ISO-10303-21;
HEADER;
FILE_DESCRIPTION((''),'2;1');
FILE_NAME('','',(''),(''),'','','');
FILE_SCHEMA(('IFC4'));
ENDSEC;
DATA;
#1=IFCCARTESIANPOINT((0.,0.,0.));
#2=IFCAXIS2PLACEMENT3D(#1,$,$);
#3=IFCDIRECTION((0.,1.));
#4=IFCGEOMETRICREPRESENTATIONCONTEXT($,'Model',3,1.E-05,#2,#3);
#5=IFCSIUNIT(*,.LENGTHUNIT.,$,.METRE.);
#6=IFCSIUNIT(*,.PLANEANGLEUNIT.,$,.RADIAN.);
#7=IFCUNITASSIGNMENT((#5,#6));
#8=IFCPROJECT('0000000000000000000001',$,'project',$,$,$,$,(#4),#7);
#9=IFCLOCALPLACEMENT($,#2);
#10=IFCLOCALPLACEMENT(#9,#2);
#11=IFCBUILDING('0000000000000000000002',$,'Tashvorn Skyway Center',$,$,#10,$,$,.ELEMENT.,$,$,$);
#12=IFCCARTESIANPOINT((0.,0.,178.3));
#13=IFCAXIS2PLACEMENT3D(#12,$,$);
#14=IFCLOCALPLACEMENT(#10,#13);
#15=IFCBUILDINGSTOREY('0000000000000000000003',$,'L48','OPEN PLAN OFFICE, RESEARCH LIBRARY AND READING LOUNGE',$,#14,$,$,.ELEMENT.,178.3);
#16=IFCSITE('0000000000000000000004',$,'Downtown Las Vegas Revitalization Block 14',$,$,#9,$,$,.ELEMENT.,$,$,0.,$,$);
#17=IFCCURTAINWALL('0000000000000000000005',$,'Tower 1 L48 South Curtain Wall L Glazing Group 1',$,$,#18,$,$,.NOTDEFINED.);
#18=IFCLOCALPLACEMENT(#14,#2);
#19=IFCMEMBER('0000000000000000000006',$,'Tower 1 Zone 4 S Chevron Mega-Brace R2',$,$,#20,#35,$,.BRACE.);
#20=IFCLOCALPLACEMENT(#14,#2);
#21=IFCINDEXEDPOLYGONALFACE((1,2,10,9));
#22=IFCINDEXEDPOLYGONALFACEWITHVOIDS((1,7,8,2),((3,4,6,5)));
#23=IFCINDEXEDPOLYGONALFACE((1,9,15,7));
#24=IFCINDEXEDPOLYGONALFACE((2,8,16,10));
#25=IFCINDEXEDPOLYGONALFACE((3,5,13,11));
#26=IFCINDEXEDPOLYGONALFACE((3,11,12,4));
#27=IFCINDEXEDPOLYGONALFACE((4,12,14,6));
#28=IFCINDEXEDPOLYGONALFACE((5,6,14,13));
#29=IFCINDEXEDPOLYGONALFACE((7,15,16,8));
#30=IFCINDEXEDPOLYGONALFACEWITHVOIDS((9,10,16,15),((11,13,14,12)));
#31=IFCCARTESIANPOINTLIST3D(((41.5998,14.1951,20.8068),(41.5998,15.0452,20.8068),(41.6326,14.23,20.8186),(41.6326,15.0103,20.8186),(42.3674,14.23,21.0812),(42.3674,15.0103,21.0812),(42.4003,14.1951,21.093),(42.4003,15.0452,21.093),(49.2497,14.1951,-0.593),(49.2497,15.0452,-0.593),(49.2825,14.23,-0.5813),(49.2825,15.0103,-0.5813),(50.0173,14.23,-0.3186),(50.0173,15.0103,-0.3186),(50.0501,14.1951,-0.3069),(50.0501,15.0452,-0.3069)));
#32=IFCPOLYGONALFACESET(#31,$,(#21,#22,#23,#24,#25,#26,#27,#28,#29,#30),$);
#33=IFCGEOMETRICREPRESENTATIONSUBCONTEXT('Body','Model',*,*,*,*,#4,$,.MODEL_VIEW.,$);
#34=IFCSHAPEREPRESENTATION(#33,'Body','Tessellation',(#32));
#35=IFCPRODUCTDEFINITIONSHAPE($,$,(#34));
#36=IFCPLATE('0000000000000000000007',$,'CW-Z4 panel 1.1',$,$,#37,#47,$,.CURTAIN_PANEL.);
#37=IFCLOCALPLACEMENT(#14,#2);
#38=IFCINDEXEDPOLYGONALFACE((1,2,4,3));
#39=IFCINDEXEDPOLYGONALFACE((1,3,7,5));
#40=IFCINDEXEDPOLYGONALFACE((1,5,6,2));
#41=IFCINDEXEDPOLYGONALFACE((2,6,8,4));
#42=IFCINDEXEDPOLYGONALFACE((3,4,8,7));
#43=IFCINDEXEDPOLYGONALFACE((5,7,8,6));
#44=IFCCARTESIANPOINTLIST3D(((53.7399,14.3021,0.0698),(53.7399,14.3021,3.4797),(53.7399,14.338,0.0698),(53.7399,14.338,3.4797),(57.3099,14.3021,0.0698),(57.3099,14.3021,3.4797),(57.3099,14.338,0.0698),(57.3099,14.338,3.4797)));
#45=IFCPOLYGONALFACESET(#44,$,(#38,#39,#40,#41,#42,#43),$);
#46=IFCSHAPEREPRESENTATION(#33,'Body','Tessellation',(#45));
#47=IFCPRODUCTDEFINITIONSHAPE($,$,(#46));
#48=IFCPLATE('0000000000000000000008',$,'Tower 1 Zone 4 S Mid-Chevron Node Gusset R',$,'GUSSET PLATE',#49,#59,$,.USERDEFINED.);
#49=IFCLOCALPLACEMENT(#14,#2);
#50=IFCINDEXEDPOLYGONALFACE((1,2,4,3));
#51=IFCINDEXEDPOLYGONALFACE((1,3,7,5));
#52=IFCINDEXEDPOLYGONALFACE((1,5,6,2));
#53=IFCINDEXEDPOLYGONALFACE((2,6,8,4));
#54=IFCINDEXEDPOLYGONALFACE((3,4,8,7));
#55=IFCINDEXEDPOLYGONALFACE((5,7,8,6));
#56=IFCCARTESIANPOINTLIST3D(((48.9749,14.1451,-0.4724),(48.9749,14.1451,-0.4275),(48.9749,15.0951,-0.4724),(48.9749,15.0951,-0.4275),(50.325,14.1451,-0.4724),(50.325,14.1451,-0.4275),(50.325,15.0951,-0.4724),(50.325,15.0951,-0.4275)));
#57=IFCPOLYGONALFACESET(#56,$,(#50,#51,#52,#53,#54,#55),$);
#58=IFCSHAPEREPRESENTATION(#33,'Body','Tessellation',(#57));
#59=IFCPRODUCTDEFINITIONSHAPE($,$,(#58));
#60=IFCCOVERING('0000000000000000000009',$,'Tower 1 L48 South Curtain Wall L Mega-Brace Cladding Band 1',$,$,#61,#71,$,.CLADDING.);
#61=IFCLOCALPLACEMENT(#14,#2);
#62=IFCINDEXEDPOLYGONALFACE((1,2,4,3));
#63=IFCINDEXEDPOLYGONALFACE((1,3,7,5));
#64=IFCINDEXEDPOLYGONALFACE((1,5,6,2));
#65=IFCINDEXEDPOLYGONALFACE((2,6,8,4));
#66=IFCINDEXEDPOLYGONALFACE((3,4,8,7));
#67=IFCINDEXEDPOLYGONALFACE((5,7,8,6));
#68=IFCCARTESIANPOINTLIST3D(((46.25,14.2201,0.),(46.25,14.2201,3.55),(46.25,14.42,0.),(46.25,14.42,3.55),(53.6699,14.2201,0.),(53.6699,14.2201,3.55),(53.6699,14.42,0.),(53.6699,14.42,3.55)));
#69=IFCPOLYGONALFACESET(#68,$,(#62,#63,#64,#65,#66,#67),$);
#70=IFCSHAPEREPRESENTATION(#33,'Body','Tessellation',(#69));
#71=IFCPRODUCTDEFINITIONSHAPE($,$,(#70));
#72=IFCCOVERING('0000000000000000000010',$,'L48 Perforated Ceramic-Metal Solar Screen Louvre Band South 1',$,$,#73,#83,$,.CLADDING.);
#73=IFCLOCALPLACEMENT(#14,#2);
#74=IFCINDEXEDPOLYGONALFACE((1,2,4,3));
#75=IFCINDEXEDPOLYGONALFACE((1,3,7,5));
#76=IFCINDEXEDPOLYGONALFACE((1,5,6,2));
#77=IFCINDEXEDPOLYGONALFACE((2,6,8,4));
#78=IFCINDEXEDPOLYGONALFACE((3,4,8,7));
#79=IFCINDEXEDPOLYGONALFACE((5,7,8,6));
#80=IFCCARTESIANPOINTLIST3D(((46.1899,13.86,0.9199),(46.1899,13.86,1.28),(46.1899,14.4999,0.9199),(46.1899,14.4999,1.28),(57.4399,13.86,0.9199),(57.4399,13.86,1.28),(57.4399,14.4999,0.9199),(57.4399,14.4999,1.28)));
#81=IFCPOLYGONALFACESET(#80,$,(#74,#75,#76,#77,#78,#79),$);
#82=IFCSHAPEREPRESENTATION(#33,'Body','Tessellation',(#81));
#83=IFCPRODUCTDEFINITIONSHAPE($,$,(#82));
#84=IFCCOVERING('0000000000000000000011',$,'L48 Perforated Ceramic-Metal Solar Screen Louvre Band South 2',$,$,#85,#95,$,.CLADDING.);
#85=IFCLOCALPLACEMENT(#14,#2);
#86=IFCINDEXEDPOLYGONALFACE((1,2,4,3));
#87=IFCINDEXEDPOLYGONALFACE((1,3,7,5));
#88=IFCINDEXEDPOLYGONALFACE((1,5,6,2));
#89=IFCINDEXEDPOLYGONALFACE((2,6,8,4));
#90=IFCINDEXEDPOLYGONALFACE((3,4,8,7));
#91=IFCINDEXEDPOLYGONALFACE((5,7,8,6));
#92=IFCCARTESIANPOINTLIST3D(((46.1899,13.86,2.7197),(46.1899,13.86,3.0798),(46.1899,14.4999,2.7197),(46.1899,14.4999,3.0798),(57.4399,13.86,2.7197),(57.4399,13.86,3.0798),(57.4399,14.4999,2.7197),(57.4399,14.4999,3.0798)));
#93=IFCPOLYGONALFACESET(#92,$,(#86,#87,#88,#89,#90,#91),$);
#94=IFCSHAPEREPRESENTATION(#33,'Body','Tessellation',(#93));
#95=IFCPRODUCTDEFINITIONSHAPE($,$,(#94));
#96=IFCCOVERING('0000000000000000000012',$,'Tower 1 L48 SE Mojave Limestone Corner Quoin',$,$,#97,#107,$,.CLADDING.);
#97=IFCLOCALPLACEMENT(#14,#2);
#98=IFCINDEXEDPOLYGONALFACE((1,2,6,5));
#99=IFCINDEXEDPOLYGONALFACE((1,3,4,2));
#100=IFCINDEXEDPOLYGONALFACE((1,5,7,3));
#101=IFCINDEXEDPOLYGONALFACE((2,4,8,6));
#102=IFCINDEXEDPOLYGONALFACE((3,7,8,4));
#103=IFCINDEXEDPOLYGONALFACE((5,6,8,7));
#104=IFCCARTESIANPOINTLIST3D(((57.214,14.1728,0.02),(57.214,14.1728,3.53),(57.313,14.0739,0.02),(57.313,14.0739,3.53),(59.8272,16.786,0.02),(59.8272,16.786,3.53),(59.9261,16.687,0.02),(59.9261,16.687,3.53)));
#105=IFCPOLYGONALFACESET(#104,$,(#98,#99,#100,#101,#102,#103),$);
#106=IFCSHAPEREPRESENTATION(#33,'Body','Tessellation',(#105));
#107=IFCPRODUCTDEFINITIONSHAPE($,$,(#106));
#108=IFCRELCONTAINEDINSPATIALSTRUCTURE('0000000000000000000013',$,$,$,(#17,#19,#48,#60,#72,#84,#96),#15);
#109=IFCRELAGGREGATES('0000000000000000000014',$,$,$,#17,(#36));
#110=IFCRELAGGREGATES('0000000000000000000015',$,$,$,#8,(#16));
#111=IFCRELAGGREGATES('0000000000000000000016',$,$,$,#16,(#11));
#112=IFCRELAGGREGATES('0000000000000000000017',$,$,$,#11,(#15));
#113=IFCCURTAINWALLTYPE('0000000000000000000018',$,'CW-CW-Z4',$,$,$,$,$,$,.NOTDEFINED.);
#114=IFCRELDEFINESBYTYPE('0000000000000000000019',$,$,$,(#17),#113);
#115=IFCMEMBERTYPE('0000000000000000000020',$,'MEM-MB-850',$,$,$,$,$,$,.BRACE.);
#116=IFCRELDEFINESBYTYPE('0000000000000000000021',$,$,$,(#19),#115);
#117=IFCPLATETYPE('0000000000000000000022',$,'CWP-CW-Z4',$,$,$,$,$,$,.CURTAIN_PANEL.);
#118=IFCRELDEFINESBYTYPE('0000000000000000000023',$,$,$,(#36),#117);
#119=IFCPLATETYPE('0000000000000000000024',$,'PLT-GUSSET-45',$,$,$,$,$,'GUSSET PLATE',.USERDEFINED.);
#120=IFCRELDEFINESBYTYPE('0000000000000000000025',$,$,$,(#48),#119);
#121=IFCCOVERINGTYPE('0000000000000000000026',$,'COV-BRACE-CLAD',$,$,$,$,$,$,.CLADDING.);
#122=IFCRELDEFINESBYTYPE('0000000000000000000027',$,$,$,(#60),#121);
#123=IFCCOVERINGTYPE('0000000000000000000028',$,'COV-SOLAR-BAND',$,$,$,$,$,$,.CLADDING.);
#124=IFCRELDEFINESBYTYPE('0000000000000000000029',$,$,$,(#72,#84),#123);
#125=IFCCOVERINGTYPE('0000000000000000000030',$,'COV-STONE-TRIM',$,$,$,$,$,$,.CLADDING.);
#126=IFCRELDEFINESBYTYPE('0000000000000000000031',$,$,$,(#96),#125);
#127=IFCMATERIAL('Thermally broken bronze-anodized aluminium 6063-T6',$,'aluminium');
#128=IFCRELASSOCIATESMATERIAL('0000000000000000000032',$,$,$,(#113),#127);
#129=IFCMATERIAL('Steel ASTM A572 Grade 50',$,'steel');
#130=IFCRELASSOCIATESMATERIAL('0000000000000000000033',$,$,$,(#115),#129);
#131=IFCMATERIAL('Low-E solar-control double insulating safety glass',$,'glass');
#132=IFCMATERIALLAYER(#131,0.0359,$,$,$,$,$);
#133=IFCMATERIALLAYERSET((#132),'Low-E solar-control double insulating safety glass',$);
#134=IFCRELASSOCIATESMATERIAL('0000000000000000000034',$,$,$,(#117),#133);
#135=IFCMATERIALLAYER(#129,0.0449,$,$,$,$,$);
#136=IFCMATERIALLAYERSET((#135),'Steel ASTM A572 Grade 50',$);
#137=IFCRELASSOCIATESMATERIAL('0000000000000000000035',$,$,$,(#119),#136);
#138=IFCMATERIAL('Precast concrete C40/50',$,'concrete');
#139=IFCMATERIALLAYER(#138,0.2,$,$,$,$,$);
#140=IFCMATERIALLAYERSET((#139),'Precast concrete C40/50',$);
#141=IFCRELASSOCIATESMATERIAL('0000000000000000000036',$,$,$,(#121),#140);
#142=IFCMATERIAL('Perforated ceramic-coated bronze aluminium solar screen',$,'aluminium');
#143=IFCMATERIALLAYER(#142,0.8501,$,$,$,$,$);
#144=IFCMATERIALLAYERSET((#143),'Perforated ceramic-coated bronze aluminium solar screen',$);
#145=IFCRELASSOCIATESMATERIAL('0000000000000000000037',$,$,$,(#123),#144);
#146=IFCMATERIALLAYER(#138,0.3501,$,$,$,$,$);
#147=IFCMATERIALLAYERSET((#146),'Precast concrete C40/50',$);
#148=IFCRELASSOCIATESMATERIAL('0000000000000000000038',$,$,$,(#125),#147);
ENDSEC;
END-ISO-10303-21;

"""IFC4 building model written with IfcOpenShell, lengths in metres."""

from ifc_helpers import new_model, si_unit, direction, frame, origin, origin_2d, place, context, subcontext, project, spatial, rectangle, hollow_rectangle, extrude, material, layer, layer_set, material_profile, profile_set, type_object, element, aggregate, save


model = new_model("IFC4")

# Units and contexts
model_context = context("Model", 3, precision=1e-05, world=origin(), true_north=direction((0.0, 1.0)))
body_context = subcontext(model_context, "Body", "Model", "MODEL_VIEW")
ifc_project = project(units=[si_unit("LENGTHUNIT", "METRE"), si_unit("PLANEANGLEUNIT", "RADIAN")], contexts=[model_context])

# Site, building, storey
site_placement = place(None, origin())
site = spatial("IfcSite", under=ifc_project, at=site_placement, Name="Downtown Las Vegas Revitalization Block 14", CompositionType="ELEMENT", RefElevation=0.0)
building_placement = place(site_placement, origin())
building = spatial("IfcBuilding", under=site, at=building_placement, Name="Tashvorn Skyway Center", CompositionType="ELEMENT")
storey_placement = place(building_placement, frame((0.0, 0.0, 178.3)))
storey = spatial("IfcBuildingStorey", under=building, at=storey_placement, Name="L48", Description="OPEN PLAN OFFICE, RESEARCH LIBRARY AND READING LOUNGE", CompositionType="ELEMENT", Elevation=178.3)

# Shared definitions
ifc_material_1 = material(Name="Steel ASTM A572 Grade 50", Category="steel")

# Curtain wall
ifc_material_2 = material(Name="Thermally broken bronze-anodized aluminium 6063-T6", Category="aluminium")
curtain_wall_type = type_object("IfcCurtainWallType", Name="CW-CW-Z4", PredefinedType="NOTDEFINED", material=ifc_material_2)
curtain_wall_1_placement = place(storey_placement, origin())
curtain_wall_1 = element("IfcCurtainWall", 1, at=curtain_wall_1_placement, inside=storey, type_object=curtain_wall_type, Name="Tower 1 L48 South Curtain Wall L Glazing Group 1", PredefinedType="NOTDEFINED")

# Member
ifc_material_profile_1 = material_profile(ifc_material_1, hollow_rectangle(XDim=0.8501, YDim=0.8501, WallThickness=0.0349, at=origin_2d()), Name="BOX850x850x35")
ifc_profile_set_1 = profile_set([ifc_material_profile_1], Name="Steel ASTM A572 Grade 50")
member_type_1 = type_object("IfcMemberType", Name="MEM-MB-850", PredefinedType="BRACE", material=ifc_profile_set_1)
member_1_placement = place(storey_placement, frame((49.6499, 14.6201, -0.45), z_axis=(-0.336613, 0.0, 0.941643), x_axis=(0.0, -1.0, 0.0)))
element("IfcMember", 2, at=member_1_placement, inside=storey, type_object=member_type_1, Name="Tower 1 Zone 4 S Chevron Mega-Brace R2", PredefinedType="BRACE", context=body_context, shape_type="SweptSolid", body=[
    extrude(hollow_rectangle(XDim=0.8501, YDim=0.8501, WallThickness=0.0349, at=origin_2d()), origin(), (0.0, 0.0, 1.0), 22.7261),
])

# Plates
ifc_material_3 = material(Name="Low-E solar-control double insulating safety glass", Category="glass")
ifc_layer_1 = layer(ifc_material_3, 0.0359)
ifc_layer_set_1 = layer_set([ifc_layer_1], Name="Low-E solar-control double insulating safety glass")
plate_type_1 = type_object("IfcPlateType", Name="CWP-CW-Z4", PredefinedType="CURTAIN_PANEL", material=ifc_layer_set_1)
plate_1_placement = place(storey_placement, frame((55.5249, 14.3201, 0.0698), z_axis=(0.0, 0.0, 1.0), x_axis=(-1.0, 0.0, 0.0)))
plate_1 = element("IfcPlate", 3, at=plate_1_placement, type_object=plate_type_1, Name="CW-Z4 panel 1.1", PredefinedType="CURTAIN_PANEL", context=body_context, shape_type="SweptSolid", body=[
    extrude(rectangle(XDim=3.5701, YDim=0.0359, at=origin_2d()), origin(), (0.0, 0.0, 1.0), 3.4099),
])
aggregate(curtain_wall_1, [plate_1])
ifc_layer_2 = layer(ifc_material_1, 0.0449)
ifc_layer_set_2 = layer_set([ifc_layer_2], Name="Steel ASTM A572 Grade 50")
plate_type_2 = type_object("IfcPlateType", Name="PLT-GUSSET-45", ElementType="GUSSET PLATE", PredefinedType="USERDEFINED", material=ifc_layer_set_2)
plate_2_placement = place(storey_placement, frame((49.6499, 14.6201, -0.4724), z_axis=(0.0, 0.0, 1.0), x_axis=(1.0, 0.0, 0.0)))
element("IfcPlate", 4, at=plate_2_placement, inside=storey, type_object=plate_type_2, Name="Tower 1 Zone 4 S Mid-Chevron Node Gusset R", ObjectType="GUSSET PLATE", PredefinedType="USERDEFINED", context=body_context, shape_type="SweptSolid", body=[
    extrude(rectangle(XDim=1.3501, YDim=0.95, at=origin_2d()), origin(), (0.0, 0.0, 1.0), 0.0449),
])

# Coverings
ifc_material_4 = material(Name="Precast concrete C40/50", Category="concrete")
ifc_layer_3 = layer(ifc_material_4, 0.2)
ifc_layer_set_3 = layer_set([ifc_layer_3], Name="Precast concrete C40/50")
covering_type_1 = type_object("IfcCoveringType", Name="COV-BRACE-CLAD", PredefinedType="CLADDING", material=ifc_layer_set_3)
covering_1_placement = place(storey_placement, frame((49.96, 14.3201, 0.0), z_axis=(0.0, 0.0, 1.0), x_axis=(-1.0, 0.0, 0.0)))
element("IfcCovering", 5, at=covering_1_placement, inside=storey, type_object=covering_type_1, Name="Tower 1 L48 South Curtain Wall L Mega-Brace Cladding Band 1", PredefinedType="CLADDING", context=body_context, shape_type="SweptSolid", body=[
    extrude(rectangle(XDim=7.4199, YDim=0.2, at=origin_2d()), origin(), (0.0, 0.0, 1.0), 3.55),
])
ifc_material_5 = material(Name="Perforated ceramic-coated bronze aluminium solar screen", Category="aluminium")
ifc_layer_4 = layer(ifc_material_5, 0.8501)
ifc_layer_set_4 = layer_set([ifc_layer_4], Name="Perforated ceramic-coated bronze aluminium solar screen")
covering_type_2 = type_object("IfcCoveringType", Name="COV-SOLAR-BAND", PredefinedType="CLADDING", material=ifc_layer_set_4)
for number, where, z_axis, x_axis, name in (
    (6, (51.8149, 14.1799, 0.9199), (0.0, 0.0, 1.0), (-1.0, 0.0, 0.0), "L48 Perforated Ceramic-Metal Solar Screen Louvre Band South 1"),
    (7, (51.8149, 14.1799, 2.7197), (0.0, 0.0, 1.0), (-1.0, 0.0, 0.0), "L48 Perforated Ceramic-Metal Solar Screen Louvre Band South 2"),
):
    element("IfcCovering", number, at=place(storey_placement, frame(where, z_axis=z_axis, x_axis=x_axis)), inside=storey, type_object=covering_type_2, Name=name, PredefinedType="CLADDING", context=body_context, shape_type="SweptSolid", body=[
        extrude(rectangle(XDim=11.25, YDim=0.6399, at=origin_2d()), origin(), (0.0, 0.0, 1.0), 0.3601),
    ])
ifc_layer_5 = layer(ifc_material_4, 0.3501)
ifc_layer_set_5 = layer_set([ifc_layer_5], Name="Precast concrete C40/50")
covering_type_3 = type_object("IfcCoveringType", Name="COV-STONE-TRIM", PredefinedType="CLADDING", material=ifc_layer_set_5)
covering_2_placement = place(storey_placement, frame((58.5701, 15.4299, 0.02), z_axis=(0.0, 0.0, 1.0), x_axis=(0.707107, 0.707107, 0.0)))
element("IfcCovering", 8, at=covering_2_placement, inside=storey, type_object=covering_type_3, Name="Tower 1 L48 SE Mojave Limestone Corner Quoin", PredefinedType="CLADDING", context=body_context, shape_type="SweptSolid", body=[
    extrude(rectangle(XDim=3.6956, YDim=0.1399, at=origin_2d()), origin(), (0.0, 0.0, 1.0), 3.51),
])

save(model, "model.ifc")
